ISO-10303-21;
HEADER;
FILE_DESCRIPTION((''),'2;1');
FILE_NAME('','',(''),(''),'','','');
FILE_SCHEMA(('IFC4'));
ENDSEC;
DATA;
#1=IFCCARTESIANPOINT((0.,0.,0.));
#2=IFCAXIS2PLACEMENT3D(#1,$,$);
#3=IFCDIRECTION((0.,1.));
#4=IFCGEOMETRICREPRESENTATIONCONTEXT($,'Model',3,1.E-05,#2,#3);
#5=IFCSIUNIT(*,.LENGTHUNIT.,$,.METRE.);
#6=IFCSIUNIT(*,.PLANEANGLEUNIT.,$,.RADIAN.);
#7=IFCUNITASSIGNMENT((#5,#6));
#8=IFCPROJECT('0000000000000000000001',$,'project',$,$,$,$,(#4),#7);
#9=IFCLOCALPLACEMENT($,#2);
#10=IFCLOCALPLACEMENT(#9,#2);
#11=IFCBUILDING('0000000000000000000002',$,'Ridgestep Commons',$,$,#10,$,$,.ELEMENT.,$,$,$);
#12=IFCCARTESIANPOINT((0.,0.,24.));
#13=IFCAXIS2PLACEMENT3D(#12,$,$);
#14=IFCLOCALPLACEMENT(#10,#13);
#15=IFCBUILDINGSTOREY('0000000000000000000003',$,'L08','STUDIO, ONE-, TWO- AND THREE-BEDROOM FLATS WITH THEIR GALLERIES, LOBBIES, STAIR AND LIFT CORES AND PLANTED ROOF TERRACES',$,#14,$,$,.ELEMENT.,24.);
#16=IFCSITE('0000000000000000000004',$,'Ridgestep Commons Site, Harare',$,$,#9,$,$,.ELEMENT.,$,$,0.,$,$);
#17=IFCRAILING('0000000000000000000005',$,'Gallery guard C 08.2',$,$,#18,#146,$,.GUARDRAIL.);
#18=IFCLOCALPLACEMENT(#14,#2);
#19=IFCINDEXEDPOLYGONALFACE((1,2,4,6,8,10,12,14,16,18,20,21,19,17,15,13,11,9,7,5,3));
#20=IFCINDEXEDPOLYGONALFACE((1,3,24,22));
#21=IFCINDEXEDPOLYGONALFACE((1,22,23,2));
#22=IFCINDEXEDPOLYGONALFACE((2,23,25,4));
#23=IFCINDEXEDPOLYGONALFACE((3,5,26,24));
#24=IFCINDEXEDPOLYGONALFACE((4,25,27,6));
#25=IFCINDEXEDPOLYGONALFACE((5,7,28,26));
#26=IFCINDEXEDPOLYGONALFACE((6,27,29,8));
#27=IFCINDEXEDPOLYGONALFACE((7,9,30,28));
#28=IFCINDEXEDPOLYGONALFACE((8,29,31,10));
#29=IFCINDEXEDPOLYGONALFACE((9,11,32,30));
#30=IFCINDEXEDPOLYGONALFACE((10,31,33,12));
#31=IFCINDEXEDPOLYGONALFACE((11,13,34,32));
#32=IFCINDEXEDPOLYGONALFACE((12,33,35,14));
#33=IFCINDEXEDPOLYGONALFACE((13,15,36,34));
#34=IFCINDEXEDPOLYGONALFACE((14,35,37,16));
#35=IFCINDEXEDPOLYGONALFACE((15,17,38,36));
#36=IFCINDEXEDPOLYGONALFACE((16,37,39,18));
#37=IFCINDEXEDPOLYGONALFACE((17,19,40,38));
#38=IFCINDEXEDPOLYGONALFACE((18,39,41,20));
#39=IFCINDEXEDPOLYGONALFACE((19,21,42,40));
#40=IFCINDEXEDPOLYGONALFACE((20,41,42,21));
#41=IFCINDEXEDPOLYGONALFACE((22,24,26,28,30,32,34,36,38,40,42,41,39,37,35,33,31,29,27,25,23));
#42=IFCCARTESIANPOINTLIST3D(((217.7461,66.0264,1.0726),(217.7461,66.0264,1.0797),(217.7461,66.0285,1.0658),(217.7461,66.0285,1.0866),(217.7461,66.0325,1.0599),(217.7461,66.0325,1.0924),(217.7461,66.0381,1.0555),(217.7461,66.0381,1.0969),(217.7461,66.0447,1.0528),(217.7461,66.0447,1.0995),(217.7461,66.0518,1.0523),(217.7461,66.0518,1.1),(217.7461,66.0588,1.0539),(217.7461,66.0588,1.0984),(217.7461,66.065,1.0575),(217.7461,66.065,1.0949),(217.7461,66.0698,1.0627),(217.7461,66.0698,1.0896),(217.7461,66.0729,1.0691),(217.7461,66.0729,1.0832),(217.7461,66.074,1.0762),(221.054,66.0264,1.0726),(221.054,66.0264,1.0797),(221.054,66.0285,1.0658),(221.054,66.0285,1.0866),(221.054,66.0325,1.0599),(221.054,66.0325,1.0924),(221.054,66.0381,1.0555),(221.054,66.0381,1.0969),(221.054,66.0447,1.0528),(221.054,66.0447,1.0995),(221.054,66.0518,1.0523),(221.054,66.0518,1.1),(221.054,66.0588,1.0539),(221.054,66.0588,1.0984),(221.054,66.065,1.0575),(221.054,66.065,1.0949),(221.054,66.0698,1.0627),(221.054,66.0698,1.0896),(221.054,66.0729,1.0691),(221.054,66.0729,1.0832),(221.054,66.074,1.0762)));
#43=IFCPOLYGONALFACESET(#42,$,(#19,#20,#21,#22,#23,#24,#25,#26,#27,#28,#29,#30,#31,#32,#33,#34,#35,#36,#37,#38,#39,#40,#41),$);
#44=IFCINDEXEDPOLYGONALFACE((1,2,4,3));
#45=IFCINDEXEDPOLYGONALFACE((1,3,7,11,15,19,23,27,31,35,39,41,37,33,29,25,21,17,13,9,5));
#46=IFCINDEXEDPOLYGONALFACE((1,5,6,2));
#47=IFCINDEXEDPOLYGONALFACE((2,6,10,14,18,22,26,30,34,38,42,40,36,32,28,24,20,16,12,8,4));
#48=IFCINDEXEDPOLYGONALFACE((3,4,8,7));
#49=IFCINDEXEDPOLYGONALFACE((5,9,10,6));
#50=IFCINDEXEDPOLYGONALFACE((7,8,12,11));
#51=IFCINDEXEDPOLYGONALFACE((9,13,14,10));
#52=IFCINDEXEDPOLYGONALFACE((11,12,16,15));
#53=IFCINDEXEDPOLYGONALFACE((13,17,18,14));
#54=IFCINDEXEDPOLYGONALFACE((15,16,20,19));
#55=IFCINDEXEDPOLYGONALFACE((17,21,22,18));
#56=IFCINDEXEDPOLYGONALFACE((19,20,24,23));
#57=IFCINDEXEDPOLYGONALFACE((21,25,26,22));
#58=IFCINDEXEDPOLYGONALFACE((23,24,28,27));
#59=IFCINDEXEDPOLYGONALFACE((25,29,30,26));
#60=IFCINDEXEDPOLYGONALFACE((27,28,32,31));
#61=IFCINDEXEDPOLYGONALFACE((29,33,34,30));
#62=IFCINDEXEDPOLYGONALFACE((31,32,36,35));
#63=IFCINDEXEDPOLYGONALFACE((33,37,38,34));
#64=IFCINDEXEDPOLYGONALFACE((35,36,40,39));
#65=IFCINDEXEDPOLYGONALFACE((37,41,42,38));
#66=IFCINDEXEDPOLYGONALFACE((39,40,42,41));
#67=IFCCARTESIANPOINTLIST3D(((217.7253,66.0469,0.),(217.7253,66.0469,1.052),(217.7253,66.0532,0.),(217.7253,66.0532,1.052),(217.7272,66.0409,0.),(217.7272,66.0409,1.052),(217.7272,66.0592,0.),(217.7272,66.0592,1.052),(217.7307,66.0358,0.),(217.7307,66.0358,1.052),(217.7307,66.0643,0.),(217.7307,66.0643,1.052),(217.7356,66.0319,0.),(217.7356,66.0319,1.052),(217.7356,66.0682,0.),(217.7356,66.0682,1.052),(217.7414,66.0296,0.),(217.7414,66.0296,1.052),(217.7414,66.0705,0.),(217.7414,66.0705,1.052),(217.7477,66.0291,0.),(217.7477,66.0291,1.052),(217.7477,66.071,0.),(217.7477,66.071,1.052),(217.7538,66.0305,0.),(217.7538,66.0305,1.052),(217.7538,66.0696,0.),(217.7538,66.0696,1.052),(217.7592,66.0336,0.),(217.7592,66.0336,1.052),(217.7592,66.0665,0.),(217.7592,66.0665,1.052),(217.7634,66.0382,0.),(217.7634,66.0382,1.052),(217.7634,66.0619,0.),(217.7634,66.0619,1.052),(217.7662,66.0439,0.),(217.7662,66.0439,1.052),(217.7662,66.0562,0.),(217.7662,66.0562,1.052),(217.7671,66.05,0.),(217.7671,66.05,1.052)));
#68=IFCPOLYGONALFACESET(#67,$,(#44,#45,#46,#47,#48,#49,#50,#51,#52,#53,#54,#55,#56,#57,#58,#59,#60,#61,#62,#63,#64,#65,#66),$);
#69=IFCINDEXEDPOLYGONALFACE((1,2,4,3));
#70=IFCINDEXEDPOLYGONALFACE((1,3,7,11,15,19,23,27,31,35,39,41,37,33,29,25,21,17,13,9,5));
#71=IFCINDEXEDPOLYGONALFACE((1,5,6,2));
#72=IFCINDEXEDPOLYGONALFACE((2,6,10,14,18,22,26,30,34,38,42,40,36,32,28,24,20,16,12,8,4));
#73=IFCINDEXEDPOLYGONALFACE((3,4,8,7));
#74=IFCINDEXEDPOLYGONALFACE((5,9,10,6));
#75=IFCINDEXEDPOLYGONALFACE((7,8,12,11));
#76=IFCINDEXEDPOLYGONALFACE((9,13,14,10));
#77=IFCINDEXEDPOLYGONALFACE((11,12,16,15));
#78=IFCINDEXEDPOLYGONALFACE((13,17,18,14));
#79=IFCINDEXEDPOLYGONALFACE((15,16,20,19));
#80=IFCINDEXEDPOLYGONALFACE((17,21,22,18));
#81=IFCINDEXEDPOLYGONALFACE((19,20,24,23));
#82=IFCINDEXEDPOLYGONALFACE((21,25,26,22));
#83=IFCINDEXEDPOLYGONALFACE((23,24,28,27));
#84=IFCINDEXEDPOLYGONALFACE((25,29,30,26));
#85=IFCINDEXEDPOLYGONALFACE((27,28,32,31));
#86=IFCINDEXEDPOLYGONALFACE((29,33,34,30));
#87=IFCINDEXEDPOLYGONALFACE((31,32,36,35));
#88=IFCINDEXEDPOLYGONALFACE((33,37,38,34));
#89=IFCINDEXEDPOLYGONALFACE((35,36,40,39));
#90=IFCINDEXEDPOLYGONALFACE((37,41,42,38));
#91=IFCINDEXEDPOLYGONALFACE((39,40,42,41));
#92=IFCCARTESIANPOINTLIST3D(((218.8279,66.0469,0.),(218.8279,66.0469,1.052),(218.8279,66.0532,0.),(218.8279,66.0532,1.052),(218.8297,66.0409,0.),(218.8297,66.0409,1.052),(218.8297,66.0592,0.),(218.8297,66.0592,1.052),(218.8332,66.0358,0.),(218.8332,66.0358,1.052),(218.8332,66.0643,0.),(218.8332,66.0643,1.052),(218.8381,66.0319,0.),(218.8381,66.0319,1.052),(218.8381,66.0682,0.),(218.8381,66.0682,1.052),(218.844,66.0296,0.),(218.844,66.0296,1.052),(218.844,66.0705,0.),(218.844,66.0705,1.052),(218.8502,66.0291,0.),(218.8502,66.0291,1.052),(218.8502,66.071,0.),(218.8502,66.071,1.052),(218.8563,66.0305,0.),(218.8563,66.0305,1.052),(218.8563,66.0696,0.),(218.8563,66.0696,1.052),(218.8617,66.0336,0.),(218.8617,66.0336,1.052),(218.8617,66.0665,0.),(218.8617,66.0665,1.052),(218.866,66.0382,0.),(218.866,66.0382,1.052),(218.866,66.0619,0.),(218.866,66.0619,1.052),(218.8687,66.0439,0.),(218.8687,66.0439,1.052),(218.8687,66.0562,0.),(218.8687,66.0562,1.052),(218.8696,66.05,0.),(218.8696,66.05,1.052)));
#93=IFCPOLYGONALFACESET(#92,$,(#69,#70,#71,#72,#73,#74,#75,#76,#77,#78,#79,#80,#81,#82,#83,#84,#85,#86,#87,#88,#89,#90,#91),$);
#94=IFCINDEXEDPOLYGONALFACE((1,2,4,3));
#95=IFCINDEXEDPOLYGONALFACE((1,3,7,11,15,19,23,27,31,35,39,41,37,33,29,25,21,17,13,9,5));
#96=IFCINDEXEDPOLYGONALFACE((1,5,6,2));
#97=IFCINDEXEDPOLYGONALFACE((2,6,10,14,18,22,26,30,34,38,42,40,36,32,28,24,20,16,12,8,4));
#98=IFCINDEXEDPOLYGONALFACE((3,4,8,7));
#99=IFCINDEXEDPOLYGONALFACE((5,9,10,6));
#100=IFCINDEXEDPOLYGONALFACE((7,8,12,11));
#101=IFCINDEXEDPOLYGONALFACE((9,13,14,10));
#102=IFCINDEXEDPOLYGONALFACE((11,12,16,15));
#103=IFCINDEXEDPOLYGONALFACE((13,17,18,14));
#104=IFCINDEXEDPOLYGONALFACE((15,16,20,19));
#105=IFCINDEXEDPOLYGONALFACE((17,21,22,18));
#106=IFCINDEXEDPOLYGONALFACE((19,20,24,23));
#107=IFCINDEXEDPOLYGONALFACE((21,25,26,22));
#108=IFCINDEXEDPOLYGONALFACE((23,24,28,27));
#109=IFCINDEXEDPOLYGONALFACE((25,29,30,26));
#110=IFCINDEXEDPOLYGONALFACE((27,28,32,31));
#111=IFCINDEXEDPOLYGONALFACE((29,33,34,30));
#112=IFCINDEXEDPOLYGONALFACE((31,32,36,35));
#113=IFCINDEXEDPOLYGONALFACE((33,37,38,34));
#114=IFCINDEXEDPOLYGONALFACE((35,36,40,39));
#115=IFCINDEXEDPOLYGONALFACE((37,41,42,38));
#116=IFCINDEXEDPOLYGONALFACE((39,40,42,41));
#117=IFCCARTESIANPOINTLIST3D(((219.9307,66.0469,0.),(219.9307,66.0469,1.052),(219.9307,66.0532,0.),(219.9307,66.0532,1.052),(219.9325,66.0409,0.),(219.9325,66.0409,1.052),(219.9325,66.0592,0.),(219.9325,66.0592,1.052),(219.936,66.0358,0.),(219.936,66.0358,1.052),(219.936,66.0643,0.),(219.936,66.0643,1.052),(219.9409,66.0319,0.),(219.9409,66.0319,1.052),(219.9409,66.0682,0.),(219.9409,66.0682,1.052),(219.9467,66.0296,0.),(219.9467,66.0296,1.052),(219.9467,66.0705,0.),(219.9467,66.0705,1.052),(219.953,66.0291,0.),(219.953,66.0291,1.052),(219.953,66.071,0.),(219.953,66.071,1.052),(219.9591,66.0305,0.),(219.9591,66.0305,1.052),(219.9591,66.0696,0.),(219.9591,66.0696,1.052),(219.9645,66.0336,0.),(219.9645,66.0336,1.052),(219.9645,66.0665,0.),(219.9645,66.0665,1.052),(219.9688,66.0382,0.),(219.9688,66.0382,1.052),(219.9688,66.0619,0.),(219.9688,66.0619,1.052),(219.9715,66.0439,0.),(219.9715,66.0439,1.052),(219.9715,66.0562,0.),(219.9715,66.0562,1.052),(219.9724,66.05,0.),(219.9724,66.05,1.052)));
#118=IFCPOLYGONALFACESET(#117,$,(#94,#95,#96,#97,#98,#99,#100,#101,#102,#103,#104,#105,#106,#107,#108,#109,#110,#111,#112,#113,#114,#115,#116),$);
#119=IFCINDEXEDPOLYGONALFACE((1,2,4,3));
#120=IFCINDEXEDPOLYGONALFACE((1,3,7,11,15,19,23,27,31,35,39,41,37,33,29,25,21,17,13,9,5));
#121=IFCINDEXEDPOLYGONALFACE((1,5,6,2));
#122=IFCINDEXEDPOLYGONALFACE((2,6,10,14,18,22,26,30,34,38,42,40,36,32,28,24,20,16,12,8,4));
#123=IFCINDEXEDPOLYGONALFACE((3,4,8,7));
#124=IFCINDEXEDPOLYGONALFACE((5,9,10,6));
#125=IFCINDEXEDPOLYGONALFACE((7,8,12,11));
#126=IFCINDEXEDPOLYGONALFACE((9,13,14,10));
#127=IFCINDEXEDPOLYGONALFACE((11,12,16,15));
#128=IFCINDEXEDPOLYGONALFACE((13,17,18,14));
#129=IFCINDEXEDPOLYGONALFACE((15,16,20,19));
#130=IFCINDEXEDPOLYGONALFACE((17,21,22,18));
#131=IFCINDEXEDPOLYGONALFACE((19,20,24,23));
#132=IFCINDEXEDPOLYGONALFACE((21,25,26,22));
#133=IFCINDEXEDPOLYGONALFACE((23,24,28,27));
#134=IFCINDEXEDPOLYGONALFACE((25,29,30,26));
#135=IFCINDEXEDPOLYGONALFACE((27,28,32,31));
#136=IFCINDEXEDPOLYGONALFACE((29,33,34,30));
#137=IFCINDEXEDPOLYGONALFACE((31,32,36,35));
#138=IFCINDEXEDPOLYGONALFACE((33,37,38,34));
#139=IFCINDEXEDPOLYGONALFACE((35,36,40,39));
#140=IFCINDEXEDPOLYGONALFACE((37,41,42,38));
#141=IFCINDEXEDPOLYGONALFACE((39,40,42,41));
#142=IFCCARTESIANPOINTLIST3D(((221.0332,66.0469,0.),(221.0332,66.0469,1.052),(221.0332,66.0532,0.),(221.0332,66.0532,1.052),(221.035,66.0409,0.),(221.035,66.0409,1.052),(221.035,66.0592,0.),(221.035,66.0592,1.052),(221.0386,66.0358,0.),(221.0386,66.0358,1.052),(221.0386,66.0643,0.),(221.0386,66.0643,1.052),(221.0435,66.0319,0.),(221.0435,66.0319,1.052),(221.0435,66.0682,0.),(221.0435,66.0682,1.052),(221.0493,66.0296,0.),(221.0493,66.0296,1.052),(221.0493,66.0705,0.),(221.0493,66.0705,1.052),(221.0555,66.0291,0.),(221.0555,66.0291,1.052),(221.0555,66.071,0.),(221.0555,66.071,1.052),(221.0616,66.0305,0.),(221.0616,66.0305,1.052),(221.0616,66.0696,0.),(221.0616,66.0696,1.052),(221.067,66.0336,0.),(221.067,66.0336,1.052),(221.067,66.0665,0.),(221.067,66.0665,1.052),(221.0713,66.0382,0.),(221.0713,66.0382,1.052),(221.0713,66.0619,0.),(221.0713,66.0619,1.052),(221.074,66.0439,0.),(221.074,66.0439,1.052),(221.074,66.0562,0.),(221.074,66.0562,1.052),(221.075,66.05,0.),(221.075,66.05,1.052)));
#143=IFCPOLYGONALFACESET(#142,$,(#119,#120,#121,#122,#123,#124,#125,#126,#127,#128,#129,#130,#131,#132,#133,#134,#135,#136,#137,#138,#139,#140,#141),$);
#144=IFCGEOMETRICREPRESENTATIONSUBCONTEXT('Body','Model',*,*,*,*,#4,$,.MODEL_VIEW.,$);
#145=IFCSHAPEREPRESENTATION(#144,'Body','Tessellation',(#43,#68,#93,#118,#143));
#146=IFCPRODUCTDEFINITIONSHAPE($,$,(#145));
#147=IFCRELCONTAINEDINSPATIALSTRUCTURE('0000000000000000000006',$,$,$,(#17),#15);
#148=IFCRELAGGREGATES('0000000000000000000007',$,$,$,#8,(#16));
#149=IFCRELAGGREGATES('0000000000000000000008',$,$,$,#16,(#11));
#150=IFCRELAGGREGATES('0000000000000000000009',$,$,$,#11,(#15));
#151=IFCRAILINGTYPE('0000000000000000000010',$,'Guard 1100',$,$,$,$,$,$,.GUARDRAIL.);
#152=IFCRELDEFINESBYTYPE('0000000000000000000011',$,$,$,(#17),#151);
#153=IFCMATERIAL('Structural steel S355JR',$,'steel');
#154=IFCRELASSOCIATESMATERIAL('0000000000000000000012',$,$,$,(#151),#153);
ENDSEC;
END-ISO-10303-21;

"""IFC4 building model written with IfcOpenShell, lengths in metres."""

from ifc_helpers import new_model, si_unit, direction, frame, origin, origin_2d, place, context, subcontext, project, spatial, circle, extrude, material, type_object, element, save


model = new_model("IFC4")

# Units and contexts
model_context = context("Model", 3, precision=1e-05, world=origin(), true_north=direction((0.0, 1.0)))
body_context = subcontext(model_context, "Body", "Model", "MODEL_VIEW")
ifc_project = project(units=[si_unit("LENGTHUNIT", "METRE"), si_unit("PLANEANGLEUNIT", "RADIAN")], contexts=[model_context])

# Site, building, storey
site_placement = place(None, origin())
site = spatial("IfcSite", under=ifc_project, at=site_placement, Name="Ridgestep Commons Site, Harare", CompositionType="ELEMENT", RefElevation=0.0)
building_placement = place(site_placement, origin())
building = spatial("IfcBuilding", under=site, at=building_placement, Name="Ridgestep Commons", CompositionType="ELEMENT")
storey_placement = place(building_placement, frame((0.0, 0.0, 24.0)))
storey = spatial("IfcBuildingStorey", under=building, at=storey_placement, Name="L08", Description="STUDIO, ONE-, TWO- AND THREE-BEDROOM FLATS WITH THEIR GALLERIES, LOBBIES, STAIR AND LIFT CORES AND PLANTED ROOF TERRACES", CompositionType="ELEMENT", Elevation=24.0)

# Railing
ifc_material_1 = material(Name="Structural steel S355JR", Category="steel")
railing_type_1 = type_object("IfcRailingType", Name="Guard 1100", PredefinedType="GUARDRAIL", material=ifc_material_1)
railing_1_placement = place(storey_placement, frame((217.7461, 66.05, 0.0)))
element("IfcRailing", 1, at=railing_1_placement, inside=storey, type_object=railing_type_1, Name="Gallery guard C 08.2", PredefinedType="GUARDRAIL", context=body_context, shape_type="SweptSolid", body=[
    extrude(circle(Radius=0.0239, at=origin_2d()), frame((0.0, 0.0, 1.0762), z_axis=(1.0, 0.0, 0.0), x_axis=(0.0, 1.0, 0.0)), (0.0, 0.0, 1.0), 3.3079),
    extrude(circle(Radius=0.021, at=origin_2d()), origin(), (0.0, 0.0, 1.0), 1.052),
    extrude(circle(Radius=0.021, at=origin_2d()), frame((1.1025, 0.0, 0.0)), (0.0, 0.0, 1.0), 1.052),
    extrude(circle(Radius=0.021, at=origin_2d()), frame((2.2053, 0.0, 0.0)), (0.0, 0.0, 1.0), 1.052),
    extrude(circle(Radius=0.021, at=origin_2d()), frame((3.3079, 0.0, 0.0)), (0.0, 0.0, 1.0), 1.052),
])

save(model, "model.ifc")
